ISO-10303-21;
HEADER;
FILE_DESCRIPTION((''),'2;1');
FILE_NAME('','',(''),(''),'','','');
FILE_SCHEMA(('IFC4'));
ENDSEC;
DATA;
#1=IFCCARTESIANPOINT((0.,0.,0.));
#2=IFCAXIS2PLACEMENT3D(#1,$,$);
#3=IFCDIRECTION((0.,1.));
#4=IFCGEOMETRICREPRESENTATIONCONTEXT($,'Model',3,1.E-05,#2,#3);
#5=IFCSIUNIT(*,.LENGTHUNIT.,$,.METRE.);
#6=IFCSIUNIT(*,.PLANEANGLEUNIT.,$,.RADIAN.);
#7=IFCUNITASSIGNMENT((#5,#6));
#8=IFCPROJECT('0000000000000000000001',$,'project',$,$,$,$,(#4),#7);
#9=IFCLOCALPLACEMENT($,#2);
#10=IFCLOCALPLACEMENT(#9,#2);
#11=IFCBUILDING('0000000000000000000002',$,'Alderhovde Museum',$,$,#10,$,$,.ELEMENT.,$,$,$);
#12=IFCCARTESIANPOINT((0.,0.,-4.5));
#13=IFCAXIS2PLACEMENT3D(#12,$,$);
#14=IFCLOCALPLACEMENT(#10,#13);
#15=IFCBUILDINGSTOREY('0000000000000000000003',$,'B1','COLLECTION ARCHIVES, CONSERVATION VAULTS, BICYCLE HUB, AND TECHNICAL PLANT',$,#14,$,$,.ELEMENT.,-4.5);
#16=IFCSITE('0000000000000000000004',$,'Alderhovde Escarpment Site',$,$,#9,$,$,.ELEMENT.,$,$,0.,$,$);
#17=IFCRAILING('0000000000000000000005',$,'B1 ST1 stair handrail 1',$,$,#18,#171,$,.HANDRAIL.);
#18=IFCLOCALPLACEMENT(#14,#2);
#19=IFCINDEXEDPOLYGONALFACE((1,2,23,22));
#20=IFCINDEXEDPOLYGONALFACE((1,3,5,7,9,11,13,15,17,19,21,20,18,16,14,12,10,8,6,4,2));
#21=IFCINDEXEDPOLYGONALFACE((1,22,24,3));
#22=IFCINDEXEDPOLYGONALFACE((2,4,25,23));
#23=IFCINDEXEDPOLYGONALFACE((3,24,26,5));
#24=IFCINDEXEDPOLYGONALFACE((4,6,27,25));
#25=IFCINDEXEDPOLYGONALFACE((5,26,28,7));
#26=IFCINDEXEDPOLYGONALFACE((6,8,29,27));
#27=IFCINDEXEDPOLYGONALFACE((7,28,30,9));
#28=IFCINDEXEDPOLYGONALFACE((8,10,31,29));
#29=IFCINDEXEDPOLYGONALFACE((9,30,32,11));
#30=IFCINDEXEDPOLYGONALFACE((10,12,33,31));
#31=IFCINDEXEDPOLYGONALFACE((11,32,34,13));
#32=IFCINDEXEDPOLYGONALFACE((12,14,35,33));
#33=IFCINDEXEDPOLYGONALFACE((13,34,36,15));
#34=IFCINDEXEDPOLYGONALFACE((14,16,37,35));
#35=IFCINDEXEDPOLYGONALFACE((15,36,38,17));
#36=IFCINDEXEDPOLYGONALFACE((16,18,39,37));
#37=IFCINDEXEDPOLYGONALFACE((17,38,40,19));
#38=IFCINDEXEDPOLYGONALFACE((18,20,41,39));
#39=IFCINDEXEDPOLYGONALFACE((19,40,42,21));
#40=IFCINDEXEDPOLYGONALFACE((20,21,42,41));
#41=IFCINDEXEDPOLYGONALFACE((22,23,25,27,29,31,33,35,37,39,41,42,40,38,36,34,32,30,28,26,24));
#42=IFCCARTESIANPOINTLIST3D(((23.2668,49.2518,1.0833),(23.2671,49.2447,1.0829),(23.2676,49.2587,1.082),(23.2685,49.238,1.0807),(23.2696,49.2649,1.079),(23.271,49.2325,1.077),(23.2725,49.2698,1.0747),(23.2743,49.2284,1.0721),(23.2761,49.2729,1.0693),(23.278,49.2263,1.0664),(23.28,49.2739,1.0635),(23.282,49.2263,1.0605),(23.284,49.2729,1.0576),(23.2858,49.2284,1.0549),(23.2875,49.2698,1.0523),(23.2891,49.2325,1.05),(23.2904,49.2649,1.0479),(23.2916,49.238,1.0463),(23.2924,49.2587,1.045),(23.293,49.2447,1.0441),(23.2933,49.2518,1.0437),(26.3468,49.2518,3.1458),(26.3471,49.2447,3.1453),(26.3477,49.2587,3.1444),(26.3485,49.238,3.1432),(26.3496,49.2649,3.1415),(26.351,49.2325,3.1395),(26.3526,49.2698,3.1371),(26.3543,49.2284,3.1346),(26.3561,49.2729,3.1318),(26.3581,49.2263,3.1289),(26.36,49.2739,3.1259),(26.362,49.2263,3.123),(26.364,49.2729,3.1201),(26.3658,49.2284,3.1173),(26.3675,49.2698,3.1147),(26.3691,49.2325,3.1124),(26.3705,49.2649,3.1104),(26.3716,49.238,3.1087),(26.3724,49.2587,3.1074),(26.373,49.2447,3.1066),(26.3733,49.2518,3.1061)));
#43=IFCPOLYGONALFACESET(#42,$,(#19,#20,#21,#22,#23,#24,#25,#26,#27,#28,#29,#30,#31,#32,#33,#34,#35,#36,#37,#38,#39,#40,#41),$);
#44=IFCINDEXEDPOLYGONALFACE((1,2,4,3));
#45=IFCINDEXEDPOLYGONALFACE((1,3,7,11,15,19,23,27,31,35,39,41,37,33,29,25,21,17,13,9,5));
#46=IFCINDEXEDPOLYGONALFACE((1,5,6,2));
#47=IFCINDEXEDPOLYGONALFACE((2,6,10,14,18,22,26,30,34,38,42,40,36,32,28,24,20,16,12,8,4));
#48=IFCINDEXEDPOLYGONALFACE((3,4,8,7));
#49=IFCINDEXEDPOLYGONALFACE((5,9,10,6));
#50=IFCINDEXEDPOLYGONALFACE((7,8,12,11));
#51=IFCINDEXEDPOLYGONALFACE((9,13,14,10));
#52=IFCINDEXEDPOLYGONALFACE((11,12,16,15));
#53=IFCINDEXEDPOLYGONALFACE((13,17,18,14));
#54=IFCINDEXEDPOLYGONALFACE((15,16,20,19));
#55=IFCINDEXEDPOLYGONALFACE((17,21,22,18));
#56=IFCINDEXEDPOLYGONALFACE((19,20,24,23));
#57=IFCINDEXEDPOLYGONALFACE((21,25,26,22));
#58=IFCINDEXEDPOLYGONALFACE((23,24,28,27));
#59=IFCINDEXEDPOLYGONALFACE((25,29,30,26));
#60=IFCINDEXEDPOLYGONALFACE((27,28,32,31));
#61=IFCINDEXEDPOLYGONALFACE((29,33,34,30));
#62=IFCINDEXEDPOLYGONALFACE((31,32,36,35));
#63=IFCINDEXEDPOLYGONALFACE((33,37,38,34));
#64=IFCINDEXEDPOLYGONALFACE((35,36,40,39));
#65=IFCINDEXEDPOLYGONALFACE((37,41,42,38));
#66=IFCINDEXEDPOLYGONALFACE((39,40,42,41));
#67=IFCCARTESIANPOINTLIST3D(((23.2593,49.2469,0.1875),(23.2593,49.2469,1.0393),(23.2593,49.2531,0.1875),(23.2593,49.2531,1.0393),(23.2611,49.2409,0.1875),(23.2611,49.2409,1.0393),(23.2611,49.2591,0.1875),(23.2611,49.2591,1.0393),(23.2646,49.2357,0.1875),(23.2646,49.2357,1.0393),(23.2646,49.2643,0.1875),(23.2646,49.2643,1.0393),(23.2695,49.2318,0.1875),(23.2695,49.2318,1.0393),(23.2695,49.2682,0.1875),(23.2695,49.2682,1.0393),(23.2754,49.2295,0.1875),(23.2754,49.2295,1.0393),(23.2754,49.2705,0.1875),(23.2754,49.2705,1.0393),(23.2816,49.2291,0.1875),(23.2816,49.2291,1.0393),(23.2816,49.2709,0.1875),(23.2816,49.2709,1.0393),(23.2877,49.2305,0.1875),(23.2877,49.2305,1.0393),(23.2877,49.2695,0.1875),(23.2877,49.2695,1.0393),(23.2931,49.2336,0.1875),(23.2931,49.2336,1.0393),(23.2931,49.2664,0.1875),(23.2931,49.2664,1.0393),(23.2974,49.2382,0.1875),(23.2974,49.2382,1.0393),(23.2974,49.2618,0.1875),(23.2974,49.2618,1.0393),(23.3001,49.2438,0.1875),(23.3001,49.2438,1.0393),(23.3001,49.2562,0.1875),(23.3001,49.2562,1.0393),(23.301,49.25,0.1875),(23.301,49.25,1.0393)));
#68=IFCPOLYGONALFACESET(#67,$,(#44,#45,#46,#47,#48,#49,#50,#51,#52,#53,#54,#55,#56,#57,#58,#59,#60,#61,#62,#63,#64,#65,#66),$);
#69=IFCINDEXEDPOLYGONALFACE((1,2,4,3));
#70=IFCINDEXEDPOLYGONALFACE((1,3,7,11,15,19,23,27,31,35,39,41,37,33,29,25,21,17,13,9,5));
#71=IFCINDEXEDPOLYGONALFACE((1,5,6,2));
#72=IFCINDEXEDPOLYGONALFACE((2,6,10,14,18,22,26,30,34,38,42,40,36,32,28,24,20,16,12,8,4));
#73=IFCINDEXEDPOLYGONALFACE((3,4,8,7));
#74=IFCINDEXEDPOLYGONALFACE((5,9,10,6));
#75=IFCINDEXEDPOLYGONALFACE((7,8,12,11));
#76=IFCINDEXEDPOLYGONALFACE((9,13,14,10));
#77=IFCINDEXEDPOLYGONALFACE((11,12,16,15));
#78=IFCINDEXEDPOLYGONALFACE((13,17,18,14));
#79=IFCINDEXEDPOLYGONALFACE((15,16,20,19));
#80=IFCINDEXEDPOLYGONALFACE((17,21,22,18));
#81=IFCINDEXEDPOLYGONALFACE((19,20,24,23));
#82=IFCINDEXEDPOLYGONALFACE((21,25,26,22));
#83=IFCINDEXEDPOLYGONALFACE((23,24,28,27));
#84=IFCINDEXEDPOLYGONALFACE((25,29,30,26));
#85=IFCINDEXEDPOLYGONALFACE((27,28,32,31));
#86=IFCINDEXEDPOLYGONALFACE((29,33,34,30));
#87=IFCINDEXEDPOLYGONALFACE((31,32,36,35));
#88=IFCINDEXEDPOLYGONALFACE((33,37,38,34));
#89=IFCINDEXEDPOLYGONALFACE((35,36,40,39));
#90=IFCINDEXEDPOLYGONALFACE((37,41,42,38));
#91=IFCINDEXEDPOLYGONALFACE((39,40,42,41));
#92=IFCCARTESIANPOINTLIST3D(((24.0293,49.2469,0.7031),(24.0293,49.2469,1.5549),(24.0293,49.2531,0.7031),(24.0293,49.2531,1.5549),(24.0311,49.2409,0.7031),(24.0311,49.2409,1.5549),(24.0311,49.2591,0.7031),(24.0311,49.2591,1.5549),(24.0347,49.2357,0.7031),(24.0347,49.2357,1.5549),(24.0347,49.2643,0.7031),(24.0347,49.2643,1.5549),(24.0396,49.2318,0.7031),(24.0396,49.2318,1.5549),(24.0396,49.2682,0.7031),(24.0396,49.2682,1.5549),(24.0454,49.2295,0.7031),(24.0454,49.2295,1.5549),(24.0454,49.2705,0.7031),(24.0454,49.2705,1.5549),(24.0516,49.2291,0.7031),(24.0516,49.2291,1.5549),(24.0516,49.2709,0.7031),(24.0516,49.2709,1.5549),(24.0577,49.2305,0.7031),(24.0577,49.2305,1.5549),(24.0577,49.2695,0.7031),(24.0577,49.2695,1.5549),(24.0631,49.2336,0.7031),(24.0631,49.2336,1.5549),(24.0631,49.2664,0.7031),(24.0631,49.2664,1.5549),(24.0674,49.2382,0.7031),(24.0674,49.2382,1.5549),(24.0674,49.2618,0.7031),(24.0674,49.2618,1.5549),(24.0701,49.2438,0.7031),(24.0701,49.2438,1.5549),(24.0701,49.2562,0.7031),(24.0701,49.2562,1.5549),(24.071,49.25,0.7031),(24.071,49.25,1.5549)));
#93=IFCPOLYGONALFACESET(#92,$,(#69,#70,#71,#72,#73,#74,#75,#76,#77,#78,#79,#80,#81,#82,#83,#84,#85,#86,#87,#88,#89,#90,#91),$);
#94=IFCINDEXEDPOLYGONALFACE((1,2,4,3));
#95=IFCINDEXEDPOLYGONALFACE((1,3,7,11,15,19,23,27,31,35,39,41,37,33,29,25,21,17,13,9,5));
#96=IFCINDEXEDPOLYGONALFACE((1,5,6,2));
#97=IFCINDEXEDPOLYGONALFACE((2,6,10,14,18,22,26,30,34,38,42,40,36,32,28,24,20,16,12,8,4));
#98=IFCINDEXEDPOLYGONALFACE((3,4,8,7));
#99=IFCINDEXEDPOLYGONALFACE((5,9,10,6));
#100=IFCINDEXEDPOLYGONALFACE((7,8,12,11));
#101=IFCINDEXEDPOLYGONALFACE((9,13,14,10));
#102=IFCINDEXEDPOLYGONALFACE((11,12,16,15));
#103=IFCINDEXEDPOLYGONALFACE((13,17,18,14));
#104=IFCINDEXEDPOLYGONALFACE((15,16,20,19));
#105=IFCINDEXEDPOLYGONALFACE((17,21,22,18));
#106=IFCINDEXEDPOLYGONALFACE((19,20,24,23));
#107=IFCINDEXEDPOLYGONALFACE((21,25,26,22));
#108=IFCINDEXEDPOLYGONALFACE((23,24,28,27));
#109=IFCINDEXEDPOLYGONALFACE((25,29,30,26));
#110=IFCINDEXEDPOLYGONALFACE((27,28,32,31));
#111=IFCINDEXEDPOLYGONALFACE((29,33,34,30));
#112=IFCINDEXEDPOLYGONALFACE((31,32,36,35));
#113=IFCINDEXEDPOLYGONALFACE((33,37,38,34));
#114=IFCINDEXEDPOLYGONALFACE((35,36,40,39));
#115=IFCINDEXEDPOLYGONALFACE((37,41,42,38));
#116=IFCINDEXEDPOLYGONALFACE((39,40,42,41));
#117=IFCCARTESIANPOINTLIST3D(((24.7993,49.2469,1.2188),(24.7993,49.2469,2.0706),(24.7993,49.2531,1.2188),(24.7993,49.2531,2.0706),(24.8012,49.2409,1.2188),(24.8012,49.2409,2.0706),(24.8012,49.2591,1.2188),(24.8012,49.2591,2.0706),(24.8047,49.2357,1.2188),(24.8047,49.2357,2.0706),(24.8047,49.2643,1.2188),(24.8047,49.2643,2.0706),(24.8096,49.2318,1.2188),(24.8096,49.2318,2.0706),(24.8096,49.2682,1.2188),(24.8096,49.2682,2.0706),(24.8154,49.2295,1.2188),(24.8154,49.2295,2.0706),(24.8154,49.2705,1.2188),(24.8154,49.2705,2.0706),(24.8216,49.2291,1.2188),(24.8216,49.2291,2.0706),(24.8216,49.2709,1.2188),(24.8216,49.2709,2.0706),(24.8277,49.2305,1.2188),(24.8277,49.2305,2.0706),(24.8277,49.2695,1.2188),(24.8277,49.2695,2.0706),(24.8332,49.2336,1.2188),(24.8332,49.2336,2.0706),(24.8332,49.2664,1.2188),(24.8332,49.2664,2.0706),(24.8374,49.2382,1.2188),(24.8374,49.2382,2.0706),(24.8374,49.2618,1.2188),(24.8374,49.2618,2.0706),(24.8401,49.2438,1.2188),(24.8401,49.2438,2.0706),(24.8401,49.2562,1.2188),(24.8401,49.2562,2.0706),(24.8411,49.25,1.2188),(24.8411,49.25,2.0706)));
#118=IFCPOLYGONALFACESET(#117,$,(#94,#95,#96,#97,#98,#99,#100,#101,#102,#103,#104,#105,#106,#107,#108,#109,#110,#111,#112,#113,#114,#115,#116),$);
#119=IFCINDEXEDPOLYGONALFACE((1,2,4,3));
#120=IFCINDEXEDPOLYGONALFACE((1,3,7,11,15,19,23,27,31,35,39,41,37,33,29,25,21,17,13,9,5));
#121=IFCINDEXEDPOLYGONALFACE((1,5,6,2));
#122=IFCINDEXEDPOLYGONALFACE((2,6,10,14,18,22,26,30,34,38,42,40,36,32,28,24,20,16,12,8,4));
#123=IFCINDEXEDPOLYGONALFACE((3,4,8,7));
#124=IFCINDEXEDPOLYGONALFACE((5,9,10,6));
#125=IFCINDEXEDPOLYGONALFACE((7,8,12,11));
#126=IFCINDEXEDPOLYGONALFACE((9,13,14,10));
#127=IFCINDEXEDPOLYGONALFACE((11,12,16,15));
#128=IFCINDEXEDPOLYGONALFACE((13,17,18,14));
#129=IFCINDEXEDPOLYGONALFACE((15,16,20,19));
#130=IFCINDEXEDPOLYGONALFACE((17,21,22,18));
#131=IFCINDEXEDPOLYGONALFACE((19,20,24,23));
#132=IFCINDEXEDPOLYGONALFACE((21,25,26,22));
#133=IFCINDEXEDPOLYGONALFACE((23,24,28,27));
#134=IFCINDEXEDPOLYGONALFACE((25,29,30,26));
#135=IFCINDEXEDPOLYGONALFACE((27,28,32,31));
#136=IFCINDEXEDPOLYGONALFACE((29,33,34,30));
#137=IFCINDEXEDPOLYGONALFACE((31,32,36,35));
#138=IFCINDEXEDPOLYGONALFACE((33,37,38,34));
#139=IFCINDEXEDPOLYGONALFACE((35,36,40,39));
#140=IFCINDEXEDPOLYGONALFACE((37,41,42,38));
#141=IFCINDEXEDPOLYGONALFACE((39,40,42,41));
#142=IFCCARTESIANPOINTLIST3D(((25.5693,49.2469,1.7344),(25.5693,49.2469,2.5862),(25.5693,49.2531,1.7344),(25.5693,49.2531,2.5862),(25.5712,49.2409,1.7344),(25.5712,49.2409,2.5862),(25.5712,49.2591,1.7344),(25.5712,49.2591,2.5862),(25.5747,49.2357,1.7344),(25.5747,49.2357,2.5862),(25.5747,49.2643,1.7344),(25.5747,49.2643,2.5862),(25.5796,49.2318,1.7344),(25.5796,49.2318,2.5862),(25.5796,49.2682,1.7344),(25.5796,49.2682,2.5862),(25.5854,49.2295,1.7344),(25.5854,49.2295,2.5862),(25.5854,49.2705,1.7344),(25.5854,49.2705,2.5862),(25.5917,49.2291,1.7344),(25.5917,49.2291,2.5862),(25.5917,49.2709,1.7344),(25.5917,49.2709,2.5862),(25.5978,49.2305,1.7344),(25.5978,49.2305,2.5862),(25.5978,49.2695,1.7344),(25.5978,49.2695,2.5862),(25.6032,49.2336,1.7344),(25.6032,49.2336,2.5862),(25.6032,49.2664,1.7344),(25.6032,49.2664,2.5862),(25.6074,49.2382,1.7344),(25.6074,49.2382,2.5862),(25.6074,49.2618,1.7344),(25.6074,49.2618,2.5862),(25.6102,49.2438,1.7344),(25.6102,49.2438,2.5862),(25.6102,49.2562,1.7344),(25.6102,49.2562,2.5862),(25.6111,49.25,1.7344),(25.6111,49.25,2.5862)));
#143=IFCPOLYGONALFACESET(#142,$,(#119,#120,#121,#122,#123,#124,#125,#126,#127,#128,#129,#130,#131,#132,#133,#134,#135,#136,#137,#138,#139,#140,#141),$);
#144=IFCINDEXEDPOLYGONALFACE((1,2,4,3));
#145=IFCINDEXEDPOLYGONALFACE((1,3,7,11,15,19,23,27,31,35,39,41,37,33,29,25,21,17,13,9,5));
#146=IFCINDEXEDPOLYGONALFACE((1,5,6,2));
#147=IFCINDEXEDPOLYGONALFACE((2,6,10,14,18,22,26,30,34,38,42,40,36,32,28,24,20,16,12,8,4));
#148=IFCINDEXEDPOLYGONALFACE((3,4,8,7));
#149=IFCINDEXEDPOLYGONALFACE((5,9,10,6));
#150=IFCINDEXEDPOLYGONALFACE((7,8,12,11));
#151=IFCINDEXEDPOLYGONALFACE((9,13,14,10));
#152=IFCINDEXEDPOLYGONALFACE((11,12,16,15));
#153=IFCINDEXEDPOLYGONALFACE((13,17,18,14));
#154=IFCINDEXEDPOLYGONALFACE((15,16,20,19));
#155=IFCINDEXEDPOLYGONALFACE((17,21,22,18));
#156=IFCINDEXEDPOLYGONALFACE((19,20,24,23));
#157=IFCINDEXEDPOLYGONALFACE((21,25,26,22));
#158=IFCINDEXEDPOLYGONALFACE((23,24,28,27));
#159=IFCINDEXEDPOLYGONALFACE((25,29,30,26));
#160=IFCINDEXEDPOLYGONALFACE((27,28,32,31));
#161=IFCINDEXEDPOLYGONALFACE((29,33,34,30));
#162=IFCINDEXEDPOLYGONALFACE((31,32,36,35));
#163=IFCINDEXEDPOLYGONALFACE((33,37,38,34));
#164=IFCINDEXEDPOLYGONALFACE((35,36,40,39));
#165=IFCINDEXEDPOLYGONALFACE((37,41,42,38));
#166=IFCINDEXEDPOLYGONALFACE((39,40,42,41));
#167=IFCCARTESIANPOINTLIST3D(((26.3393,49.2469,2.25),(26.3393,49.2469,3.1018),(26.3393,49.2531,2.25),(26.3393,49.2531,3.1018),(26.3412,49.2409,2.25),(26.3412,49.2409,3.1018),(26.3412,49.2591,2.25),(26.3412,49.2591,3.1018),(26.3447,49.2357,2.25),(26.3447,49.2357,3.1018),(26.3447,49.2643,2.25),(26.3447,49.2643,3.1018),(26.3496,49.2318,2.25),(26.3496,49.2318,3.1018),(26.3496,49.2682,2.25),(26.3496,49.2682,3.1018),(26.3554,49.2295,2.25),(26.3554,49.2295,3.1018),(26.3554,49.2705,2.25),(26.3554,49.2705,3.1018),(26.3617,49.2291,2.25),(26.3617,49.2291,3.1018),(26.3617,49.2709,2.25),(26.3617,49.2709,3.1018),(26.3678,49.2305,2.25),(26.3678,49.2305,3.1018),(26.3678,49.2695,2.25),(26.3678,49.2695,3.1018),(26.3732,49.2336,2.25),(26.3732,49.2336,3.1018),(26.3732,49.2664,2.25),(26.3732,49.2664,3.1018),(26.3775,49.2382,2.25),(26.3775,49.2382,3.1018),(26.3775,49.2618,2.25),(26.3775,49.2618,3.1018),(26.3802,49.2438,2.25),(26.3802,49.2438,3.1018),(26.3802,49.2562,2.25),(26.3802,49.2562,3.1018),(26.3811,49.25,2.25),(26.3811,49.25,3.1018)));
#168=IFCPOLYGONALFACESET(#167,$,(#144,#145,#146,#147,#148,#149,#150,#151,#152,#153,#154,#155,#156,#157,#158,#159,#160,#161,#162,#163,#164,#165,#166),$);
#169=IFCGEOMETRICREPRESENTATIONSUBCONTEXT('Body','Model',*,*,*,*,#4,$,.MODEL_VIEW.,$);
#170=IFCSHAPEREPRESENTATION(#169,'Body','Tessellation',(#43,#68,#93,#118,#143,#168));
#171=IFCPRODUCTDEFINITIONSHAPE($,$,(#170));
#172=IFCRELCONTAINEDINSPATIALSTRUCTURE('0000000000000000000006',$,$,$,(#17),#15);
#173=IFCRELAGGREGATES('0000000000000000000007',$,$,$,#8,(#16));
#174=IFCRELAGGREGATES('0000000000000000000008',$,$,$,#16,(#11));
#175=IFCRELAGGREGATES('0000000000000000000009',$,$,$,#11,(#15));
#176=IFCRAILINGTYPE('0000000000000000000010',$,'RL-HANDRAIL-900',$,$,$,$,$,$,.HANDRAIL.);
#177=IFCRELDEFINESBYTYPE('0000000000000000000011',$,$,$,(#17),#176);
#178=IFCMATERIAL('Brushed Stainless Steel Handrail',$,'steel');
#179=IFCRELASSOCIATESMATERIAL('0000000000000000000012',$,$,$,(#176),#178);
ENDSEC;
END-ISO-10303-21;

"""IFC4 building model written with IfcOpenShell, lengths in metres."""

from ifc_helpers import new_model, si_unit, direction, frame, origin, origin_2d, place, context, subcontext, project, spatial, circle, extrude, material, type_object, element, save


model = new_model("IFC4")

# Units and contexts
model_context = context("Model", 3, precision=1e-05, world=origin(), true_north=direction((0.0, 1.0)))
body_context = subcontext(model_context, "Body", "Model", "MODEL_VIEW")
ifc_project = project(units=[si_unit("LENGTHUNIT", "METRE"), si_unit("PLANEANGLEUNIT", "RADIAN")], contexts=[model_context])

# Site, building, storey
site_placement = place(None, origin())
site = spatial("IfcSite", under=ifc_project, at=site_placement, Name="Alderhovde Escarpment Site", CompositionType="ELEMENT", RefElevation=0.0)
building_placement = place(site_placement, origin())
building = spatial("IfcBuilding", under=site, at=building_placement, Name="Alderhovde Museum", CompositionType="ELEMENT")
storey_placement = place(building_placement, frame((0.0, 0.0, -4.5)))
storey = spatial("IfcBuildingStorey", under=building, at=storey_placement, Name="B1", Description="COLLECTION ARCHIVES, CONSERVATION VAULTS, BICYCLE HUB, AND TECHNICAL PLANT", CompositionType="ELEMENT", Elevation=-4.5)

# Railing
ifc_material_1 = material(Name="Brushed Stainless Steel Handrail", Category="steel")
railing_type_1 = type_object("IfcRailingType", Name="RL-HANDRAIL-900", PredefinedType="HANDRAIL", material=ifc_material_1)
railing_1_placement = place(storey_placement, frame((23.28, 49.25, 0.1875)))
element("IfcRailing", 1, at=railing_1_placement, inside=storey, type_object=railing_type_1, Name="B1 ST1 stair handrail 1", PredefinedType="HANDRAIL", context=body_context, shape_type="SweptSolid", body=[
    extrude(circle(Radius=0.0239, at=origin_2d()), frame((0.0, 0.0, 0.876), z_axis=(0.830914, 0.0, 0.556401), x_axis=(0.0, 1.0, 0.0)), (0.0, 0.0, 1.0), 3.7068),
    extrude(circle(Radius=0.021, at=origin_2d()), origin(), (0.0, 0.0, 1.0), 0.8518),
    extrude(circle(Radius=0.021, at=origin_2d()), frame((0.77, 0.0, 0.5156)), (0.0, 0.0, 1.0), 0.8518),
    extrude(circle(Radius=0.021, at=origin_2d()), frame((1.54, 0.0, 1.0312)), (0.0, 0.0, 1.0), 0.8518),
    extrude(circle(Radius=0.021, at=origin_2d()), frame((2.3101, 0.0, 1.5469)), (0.0, 0.0, 1.0), 0.8518),
    extrude(circle(Radius=0.021, at=origin_2d()), frame((3.0801, 0.0, 2.0625)), (0.0, 0.0, 1.0), 0.8518),
])

save(model, "model.ifc")
